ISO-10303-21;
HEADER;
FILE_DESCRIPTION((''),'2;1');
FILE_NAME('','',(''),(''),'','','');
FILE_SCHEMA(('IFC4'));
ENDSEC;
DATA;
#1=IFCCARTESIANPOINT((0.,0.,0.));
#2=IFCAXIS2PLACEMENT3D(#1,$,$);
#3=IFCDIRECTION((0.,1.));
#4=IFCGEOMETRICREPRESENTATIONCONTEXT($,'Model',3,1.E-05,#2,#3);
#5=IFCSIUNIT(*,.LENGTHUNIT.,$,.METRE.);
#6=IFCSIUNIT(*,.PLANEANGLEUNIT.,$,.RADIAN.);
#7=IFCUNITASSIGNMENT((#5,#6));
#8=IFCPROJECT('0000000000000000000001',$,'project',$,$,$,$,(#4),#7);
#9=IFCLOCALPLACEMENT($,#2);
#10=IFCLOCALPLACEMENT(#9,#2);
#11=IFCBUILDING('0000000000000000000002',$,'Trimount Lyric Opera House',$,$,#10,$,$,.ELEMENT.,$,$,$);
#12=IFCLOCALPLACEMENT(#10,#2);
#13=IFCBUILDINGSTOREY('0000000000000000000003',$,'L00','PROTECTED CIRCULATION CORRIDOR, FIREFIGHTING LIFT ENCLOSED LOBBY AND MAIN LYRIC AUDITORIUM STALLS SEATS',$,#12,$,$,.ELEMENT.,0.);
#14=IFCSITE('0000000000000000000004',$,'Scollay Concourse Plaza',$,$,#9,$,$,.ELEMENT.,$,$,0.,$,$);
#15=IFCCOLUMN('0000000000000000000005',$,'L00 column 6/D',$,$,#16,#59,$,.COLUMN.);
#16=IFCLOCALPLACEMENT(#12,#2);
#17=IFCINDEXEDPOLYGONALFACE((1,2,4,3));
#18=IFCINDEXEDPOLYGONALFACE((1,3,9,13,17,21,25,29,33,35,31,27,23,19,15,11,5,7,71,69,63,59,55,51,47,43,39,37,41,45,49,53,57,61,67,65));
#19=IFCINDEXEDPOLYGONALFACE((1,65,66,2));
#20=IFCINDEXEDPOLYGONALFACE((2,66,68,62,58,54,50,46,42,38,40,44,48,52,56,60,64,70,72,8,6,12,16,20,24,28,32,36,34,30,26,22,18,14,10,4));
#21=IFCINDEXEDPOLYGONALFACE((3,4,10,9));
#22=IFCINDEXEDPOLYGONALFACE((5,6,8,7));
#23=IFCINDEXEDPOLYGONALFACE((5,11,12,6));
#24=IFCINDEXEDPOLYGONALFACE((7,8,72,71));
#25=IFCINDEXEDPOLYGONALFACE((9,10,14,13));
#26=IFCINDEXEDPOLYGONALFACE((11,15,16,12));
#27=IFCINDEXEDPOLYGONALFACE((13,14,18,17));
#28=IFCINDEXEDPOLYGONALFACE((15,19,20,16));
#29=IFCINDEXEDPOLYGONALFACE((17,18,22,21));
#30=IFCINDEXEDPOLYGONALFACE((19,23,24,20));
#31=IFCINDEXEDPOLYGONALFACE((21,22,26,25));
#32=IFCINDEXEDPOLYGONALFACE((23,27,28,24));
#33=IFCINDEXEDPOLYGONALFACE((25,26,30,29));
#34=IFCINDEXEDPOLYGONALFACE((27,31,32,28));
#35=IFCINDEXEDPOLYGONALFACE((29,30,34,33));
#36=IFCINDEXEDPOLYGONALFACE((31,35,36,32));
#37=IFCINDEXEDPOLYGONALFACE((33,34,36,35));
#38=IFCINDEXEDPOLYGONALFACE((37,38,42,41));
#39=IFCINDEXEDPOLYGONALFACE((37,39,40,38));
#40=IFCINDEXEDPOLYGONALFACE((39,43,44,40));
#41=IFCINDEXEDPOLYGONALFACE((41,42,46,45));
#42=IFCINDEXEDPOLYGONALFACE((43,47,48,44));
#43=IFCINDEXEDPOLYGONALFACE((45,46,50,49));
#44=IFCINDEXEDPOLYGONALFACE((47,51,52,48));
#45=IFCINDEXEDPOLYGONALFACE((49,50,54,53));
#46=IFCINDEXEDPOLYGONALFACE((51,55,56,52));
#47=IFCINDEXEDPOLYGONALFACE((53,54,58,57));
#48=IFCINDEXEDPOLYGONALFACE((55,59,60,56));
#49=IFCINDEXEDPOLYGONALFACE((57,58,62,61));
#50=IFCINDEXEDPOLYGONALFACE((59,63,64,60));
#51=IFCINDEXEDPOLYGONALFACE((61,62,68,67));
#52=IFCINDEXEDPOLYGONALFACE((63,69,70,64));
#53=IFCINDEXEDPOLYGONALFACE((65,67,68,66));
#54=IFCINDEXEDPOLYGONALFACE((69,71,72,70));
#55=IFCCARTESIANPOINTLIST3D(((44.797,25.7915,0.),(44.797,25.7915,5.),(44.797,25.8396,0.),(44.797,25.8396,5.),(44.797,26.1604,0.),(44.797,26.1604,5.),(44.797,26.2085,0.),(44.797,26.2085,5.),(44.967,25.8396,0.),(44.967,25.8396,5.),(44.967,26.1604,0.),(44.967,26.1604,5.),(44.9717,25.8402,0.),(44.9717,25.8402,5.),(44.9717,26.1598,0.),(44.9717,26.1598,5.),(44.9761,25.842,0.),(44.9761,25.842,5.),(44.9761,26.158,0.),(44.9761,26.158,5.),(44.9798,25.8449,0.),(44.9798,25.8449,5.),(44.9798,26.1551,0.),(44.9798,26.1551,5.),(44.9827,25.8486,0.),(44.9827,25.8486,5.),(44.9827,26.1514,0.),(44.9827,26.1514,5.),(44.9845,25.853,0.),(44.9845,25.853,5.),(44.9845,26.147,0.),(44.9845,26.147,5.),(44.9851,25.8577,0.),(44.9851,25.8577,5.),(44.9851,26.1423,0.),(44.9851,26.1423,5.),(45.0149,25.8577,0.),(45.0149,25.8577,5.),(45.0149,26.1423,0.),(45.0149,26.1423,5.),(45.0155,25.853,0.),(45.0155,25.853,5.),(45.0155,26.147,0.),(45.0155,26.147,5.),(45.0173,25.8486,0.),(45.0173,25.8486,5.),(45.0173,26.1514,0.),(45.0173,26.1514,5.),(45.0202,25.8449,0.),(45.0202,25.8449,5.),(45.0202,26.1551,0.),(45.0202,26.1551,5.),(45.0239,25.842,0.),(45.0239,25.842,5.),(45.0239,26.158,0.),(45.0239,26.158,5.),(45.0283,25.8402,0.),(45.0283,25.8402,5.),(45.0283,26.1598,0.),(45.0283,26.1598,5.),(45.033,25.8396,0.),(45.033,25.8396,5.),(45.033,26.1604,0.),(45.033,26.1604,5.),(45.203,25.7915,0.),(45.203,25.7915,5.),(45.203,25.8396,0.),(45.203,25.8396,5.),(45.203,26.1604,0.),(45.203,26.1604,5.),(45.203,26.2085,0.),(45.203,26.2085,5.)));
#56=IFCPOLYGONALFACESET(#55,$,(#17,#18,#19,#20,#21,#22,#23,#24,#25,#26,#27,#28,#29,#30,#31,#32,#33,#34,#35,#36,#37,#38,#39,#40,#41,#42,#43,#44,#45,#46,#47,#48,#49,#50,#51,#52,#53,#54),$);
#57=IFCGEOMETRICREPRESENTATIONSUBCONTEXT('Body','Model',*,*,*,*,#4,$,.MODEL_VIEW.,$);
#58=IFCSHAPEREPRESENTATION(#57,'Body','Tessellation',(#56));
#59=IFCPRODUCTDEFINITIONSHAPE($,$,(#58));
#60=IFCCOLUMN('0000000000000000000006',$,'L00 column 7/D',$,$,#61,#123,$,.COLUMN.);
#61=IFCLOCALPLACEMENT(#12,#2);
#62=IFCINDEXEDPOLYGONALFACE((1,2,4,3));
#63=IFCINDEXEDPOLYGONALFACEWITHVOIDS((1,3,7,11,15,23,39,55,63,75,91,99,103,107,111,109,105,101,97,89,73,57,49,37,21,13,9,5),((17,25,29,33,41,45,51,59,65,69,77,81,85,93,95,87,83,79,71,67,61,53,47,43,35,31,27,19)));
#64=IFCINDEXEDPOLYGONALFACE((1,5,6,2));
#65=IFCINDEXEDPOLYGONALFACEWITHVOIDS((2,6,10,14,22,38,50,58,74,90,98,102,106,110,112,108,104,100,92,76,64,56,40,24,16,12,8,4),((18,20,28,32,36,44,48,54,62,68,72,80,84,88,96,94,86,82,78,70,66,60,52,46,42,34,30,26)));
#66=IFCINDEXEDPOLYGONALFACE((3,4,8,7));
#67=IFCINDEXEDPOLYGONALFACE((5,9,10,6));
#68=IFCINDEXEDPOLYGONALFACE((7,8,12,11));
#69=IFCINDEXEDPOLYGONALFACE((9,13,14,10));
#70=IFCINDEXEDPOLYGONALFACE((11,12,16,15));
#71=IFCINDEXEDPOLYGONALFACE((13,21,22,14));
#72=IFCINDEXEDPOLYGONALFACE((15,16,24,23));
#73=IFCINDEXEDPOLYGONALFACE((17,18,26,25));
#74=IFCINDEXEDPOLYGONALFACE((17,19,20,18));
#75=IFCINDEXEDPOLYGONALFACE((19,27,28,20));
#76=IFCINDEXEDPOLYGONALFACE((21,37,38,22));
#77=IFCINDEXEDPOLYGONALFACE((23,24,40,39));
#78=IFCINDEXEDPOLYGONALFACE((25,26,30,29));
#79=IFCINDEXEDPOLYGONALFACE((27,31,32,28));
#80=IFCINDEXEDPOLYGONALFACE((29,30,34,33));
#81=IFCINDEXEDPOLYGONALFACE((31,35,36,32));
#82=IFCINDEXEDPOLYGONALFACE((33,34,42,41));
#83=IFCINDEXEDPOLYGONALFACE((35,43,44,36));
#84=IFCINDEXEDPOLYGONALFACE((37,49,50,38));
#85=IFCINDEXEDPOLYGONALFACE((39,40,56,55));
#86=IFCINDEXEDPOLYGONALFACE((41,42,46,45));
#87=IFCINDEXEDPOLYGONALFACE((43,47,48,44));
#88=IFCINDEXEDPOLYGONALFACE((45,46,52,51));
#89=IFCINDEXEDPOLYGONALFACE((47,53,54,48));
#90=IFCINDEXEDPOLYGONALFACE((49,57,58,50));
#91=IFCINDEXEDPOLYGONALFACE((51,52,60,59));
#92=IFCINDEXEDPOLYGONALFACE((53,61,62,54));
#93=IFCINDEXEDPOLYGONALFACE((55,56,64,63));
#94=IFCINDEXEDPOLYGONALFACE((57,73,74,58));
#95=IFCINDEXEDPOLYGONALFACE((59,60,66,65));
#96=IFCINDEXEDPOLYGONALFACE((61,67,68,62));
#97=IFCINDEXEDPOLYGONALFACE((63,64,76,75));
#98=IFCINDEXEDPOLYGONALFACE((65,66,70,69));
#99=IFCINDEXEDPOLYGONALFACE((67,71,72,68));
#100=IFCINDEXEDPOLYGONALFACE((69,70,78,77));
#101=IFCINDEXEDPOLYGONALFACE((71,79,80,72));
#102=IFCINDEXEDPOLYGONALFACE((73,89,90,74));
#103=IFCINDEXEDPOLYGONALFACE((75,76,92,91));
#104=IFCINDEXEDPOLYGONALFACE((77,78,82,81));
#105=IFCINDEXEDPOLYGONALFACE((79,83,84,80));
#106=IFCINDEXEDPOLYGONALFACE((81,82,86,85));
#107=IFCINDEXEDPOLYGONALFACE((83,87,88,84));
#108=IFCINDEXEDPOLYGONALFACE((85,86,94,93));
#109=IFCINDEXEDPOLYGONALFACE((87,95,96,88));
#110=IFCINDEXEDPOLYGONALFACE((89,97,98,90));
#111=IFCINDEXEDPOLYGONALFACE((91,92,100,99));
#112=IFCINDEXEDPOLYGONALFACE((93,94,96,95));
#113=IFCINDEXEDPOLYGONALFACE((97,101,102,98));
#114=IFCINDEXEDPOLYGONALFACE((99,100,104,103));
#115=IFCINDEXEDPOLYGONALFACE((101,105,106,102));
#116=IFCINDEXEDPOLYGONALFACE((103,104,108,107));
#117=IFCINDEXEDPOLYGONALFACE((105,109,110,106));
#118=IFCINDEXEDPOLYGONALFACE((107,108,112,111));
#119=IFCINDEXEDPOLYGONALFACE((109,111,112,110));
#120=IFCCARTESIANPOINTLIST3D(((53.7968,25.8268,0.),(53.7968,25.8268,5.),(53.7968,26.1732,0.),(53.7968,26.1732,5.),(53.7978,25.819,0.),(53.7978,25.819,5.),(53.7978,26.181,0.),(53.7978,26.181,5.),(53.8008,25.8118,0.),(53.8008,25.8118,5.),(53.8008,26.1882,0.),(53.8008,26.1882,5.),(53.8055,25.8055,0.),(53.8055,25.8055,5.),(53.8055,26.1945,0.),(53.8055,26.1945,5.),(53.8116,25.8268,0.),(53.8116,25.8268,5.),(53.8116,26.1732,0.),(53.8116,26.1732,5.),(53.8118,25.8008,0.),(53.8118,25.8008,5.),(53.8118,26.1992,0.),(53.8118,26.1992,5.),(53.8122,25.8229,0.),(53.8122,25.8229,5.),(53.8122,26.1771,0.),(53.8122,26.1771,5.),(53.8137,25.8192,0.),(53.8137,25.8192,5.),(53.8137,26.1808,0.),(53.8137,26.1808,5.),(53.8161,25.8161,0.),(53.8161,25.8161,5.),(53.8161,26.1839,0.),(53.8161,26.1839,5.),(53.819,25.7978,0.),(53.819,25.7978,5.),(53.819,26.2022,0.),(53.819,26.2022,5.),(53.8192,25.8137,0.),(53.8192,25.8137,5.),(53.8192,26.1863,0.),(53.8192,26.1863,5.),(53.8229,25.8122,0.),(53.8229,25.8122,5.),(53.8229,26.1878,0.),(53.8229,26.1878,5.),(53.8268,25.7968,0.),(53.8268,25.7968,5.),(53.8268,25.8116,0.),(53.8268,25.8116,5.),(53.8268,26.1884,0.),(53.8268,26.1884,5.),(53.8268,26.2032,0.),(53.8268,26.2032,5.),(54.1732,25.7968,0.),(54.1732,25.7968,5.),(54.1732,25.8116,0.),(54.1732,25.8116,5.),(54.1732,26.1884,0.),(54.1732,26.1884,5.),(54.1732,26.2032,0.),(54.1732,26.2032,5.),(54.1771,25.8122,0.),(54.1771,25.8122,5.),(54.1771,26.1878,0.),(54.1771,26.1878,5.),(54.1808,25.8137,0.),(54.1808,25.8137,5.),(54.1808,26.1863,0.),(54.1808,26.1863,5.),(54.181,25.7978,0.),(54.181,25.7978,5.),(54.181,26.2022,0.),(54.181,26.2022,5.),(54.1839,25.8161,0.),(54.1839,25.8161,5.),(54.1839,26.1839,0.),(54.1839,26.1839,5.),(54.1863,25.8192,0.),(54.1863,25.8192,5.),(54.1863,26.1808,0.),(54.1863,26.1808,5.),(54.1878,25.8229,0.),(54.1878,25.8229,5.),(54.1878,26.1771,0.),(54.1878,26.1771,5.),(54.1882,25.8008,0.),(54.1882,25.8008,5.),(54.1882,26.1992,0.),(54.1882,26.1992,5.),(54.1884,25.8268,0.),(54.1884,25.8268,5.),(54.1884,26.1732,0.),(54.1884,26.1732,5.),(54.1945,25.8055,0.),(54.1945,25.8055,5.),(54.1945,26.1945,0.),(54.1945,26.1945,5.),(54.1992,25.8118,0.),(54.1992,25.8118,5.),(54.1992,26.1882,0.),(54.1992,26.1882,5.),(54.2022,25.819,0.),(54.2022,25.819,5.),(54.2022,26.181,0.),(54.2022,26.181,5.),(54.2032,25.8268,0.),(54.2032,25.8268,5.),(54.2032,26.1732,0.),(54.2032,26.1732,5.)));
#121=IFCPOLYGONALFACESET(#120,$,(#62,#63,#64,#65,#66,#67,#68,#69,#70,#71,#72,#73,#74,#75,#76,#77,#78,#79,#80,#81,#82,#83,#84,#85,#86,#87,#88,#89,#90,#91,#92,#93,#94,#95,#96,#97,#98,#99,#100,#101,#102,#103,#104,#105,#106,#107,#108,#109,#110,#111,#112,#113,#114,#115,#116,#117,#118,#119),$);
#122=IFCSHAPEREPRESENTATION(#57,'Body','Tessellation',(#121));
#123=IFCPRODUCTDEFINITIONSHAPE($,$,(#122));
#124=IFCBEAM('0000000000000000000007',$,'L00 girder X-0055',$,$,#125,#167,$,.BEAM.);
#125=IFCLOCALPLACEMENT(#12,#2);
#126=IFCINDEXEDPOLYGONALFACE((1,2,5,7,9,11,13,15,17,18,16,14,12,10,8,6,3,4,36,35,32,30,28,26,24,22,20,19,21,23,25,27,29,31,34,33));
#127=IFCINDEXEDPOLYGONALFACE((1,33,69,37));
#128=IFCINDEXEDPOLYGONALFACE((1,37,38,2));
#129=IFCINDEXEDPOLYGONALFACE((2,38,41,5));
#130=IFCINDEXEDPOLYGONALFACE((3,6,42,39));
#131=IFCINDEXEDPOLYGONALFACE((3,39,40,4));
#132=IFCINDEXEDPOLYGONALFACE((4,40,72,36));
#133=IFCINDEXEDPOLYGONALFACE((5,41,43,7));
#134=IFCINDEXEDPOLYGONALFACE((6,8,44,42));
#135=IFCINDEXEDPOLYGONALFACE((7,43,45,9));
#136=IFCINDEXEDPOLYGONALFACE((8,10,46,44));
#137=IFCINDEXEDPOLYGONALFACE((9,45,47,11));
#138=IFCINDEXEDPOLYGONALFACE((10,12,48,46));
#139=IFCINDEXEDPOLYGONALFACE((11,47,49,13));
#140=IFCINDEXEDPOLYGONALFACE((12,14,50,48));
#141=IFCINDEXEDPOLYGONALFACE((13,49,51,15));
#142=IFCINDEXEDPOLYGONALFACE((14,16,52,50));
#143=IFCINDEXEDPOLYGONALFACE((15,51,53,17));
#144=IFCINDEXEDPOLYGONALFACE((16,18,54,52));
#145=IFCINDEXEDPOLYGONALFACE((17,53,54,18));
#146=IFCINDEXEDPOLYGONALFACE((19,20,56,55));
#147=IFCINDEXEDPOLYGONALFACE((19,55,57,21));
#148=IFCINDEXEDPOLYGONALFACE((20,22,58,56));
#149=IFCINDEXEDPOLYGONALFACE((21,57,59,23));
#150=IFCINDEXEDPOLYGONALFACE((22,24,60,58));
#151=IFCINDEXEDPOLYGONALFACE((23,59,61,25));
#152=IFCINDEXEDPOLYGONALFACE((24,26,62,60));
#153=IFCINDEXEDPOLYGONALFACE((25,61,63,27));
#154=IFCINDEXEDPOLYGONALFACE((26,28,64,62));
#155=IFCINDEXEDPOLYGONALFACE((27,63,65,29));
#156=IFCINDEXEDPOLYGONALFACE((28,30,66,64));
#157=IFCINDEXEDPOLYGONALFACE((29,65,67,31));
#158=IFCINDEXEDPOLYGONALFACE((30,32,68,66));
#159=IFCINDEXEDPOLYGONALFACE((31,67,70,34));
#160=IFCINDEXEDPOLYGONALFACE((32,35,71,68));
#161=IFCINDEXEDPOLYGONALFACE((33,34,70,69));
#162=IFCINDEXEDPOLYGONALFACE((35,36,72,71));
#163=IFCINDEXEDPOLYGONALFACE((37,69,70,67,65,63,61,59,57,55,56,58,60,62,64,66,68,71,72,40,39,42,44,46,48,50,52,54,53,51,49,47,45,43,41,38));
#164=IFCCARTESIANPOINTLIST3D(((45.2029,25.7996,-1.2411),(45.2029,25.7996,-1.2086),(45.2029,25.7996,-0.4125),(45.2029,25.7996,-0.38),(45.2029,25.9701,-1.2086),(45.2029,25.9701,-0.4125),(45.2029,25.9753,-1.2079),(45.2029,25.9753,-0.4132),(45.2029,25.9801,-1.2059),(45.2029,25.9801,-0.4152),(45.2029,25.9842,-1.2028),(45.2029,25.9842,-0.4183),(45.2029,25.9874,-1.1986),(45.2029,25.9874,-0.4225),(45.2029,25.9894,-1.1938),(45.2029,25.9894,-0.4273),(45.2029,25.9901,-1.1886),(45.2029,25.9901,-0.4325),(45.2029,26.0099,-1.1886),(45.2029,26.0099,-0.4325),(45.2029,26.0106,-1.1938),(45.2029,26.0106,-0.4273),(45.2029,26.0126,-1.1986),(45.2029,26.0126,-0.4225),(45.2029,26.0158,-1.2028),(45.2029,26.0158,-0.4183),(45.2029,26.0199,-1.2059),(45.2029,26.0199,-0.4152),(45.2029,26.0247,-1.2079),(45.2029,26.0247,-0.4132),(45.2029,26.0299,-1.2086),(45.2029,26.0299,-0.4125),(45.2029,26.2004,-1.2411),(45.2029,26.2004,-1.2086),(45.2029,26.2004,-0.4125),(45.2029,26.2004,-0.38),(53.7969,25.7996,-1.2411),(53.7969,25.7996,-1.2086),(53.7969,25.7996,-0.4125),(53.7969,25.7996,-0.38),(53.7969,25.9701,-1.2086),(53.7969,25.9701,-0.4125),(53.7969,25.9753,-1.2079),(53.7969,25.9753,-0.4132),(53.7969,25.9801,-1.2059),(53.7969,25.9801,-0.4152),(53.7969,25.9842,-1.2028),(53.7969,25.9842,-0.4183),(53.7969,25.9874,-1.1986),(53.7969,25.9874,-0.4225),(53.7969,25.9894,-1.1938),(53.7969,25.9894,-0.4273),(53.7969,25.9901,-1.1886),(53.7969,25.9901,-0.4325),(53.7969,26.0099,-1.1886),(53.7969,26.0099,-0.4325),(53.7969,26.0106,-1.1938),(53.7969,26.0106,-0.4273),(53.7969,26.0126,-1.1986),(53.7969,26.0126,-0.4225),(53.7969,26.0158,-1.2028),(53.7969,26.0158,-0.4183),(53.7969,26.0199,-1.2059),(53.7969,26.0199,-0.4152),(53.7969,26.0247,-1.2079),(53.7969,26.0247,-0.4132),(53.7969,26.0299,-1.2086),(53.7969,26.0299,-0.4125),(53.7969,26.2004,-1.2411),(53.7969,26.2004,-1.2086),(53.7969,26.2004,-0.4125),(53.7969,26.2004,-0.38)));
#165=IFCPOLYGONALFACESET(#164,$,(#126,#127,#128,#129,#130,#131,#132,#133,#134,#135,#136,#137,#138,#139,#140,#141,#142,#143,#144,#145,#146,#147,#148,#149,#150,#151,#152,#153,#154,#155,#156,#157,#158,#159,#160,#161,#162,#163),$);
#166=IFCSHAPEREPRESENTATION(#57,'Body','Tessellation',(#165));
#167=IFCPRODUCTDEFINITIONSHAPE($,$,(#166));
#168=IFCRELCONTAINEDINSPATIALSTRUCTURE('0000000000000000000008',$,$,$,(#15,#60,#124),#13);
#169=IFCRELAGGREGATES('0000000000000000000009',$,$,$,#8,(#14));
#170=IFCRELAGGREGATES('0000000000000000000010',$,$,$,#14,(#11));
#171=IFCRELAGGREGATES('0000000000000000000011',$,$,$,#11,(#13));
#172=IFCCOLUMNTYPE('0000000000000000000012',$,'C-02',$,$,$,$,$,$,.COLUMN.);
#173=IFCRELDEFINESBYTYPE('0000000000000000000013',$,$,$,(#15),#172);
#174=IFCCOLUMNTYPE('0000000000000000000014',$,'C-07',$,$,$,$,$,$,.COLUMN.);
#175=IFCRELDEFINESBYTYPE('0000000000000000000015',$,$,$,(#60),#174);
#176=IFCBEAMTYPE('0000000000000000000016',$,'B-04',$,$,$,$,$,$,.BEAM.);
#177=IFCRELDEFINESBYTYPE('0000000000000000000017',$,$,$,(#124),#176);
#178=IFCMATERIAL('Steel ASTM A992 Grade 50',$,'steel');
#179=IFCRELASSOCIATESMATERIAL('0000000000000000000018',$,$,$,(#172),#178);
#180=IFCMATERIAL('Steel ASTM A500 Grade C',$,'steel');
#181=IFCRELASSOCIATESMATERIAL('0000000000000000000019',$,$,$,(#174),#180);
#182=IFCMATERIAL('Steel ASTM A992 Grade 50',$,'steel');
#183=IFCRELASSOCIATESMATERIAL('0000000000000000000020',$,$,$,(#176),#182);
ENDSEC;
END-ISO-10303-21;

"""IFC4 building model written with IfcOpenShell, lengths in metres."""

from ifc_helpers import new_model, si_unit, direction, frame, origin, origin_2d, place, context, subcontext, project, spatial, hollow_rectangle, i_section, extrude, material, material_profile, profile_set, type_object, element, save


model = new_model("IFC4")

# Units and contexts
model_context = context("Model", 3, precision=1e-05, world=origin(), true_north=direction((0.0, 1.0)))
body_context = subcontext(model_context, "Body", "Model", "MODEL_VIEW")
ifc_project = project(units=[si_unit("LENGTHUNIT", "METRE"), si_unit("PLANEANGLEUNIT", "RADIAN")], contexts=[model_context])

# Site, building, storey
site_placement = place(None, origin())
site = spatial("IfcSite", under=ifc_project, at=site_placement, Name="Scollay Concourse Plaza", CompositionType="ELEMENT", RefElevation=0.0)
building_placement = place(site_placement, origin())
building = spatial("IfcBuilding", under=site, at=building_placement, Name="Trimount Lyric Opera House", CompositionType="ELEMENT")
storey_placement = place(building_placement, origin())
storey = spatial("IfcBuildingStorey", under=building, at=storey_placement, Name="L00", Description="PROTECTED CIRCULATION CORRIDOR, FIREFIGHTING LIFT ENCLOSED LOBBY AND MAIN LYRIC AUDITORIUM STALLS SEATS", CompositionType="ELEMENT", Elevation=0.0)

# Columns
ifc_material_1 = material(Name="Steel ASTM A992 Grade 50", Category="steel")
ifc_material_profile_1 = material_profile(ifc_material_1, i_section(OverallWidth=0.406, OverallDepth=0.417, WebThickness=0.0298, FlangeThickness=0.0481, FilletRadius=0.0181, at=origin_2d()), Name="W14X257")
ifc_profile_set_1 = profile_set([ifc_material_profile_1], Name="Steel ASTM A992 Grade 50")
column_type_1 = type_object("IfcColumnType", Name="C-02", PredefinedType="COLUMN", material=ifc_profile_set_1)
column_1_placement = place(storey_placement, frame((45.0, 26.0, 0.0), z_axis=(0.0, 0.0, 1.0), x_axis=(1.0, 0.0, 0.0)))
element("IfcColumn", 1, at=column_1_placement, inside=storey, type_object=column_type_1, Name="L00 column 6/D", PredefinedType="COLUMN", context=body_context, shape_type="SweptSolid", body=[
    extrude(i_section(OverallWidth=0.406, OverallDepth=0.417, WebThickness=0.0298, FlangeThickness=0.0481, FilletRadius=0.0181, at=origin_2d()), origin(), (0.0, 0.0, 1.0), 5.0),
])
ifc_material_2 = material(Name="Steel ASTM A500 Grade C", Category="steel")
ifc_material_profile_2 = material_profile(ifc_material_2, hollow_rectangle(XDim=0.4065, YDim=0.4065, WallThickness=0.0149, InnerFilletRadius=0.0151, OuterFilletRadius=0.03, at=origin_2d()), Name="HSS406.4X406.4X15.9")
ifc_profile_set_2 = profile_set([ifc_material_profile_2], Name="Steel ASTM A500 Grade C")
column_type_2 = type_object("IfcColumnType", Name="C-07", PredefinedType="COLUMN", material=ifc_profile_set_2)
column_2_placement = place(storey_placement, frame((54.0, 26.0, 0.0), z_axis=(0.0, 0.0, 1.0), x_axis=(1.0, 0.0, 0.0)))
element("IfcColumn", 2, at=column_2_placement, inside=storey, type_object=column_type_2, Name="L00 column 7/D", PredefinedType="COLUMN", context=body_context, shape_type="SweptSolid", body=[
    extrude(hollow_rectangle(XDim=0.4065, YDim=0.4065, WallThickness=0.0149, InnerFilletRadius=0.0151, OuterFilletRadius=0.03, at=origin_2d()), origin(), (0.0, 0.0, 1.0), 5.0),
])

# Beam
ifc_material_3 = material(Name="Steel ASTM A992 Grade 50", Category="steel")
ifc_material_profile_3 = material_profile(ifc_material_3, i_section(OverallWidth=0.4009, OverallDepth=0.8611, WebThickness=0.0198, FlangeThickness=0.0325, FilletRadius=0.02, at=origin_2d()), Name="W33X221")
ifc_profile_set_3 = profile_set([ifc_material_profile_3], Name="Steel ASTM A992 Grade 50")
beam_type_1 = type_object("IfcBeamType", Name="B-04", PredefinedType="BEAM", material=ifc_profile_set_3)
beam_1_placement = place(storey_placement, frame((45.2029, 26.0, -0.8105), z_axis=(1.0, 0.0, 0.0), x_axis=(0.0, 1.0, 0.0)))
element("IfcBeam", 3, at=beam_1_placement, inside=storey, type_object=beam_type_1, Name="L00 girder X-0055", PredefinedType="BEAM", context=body_context, shape_type="SweptSolid", body=[
    extrude(i_section(OverallWidth=0.4009, OverallDepth=0.8611, WebThickness=0.0198, FlangeThickness=0.0325, FilletRadius=0.02, at=origin_2d()), origin(), (0.0, 0.0, 1.0), 8.594),
])

save(model, "model.ifc")
